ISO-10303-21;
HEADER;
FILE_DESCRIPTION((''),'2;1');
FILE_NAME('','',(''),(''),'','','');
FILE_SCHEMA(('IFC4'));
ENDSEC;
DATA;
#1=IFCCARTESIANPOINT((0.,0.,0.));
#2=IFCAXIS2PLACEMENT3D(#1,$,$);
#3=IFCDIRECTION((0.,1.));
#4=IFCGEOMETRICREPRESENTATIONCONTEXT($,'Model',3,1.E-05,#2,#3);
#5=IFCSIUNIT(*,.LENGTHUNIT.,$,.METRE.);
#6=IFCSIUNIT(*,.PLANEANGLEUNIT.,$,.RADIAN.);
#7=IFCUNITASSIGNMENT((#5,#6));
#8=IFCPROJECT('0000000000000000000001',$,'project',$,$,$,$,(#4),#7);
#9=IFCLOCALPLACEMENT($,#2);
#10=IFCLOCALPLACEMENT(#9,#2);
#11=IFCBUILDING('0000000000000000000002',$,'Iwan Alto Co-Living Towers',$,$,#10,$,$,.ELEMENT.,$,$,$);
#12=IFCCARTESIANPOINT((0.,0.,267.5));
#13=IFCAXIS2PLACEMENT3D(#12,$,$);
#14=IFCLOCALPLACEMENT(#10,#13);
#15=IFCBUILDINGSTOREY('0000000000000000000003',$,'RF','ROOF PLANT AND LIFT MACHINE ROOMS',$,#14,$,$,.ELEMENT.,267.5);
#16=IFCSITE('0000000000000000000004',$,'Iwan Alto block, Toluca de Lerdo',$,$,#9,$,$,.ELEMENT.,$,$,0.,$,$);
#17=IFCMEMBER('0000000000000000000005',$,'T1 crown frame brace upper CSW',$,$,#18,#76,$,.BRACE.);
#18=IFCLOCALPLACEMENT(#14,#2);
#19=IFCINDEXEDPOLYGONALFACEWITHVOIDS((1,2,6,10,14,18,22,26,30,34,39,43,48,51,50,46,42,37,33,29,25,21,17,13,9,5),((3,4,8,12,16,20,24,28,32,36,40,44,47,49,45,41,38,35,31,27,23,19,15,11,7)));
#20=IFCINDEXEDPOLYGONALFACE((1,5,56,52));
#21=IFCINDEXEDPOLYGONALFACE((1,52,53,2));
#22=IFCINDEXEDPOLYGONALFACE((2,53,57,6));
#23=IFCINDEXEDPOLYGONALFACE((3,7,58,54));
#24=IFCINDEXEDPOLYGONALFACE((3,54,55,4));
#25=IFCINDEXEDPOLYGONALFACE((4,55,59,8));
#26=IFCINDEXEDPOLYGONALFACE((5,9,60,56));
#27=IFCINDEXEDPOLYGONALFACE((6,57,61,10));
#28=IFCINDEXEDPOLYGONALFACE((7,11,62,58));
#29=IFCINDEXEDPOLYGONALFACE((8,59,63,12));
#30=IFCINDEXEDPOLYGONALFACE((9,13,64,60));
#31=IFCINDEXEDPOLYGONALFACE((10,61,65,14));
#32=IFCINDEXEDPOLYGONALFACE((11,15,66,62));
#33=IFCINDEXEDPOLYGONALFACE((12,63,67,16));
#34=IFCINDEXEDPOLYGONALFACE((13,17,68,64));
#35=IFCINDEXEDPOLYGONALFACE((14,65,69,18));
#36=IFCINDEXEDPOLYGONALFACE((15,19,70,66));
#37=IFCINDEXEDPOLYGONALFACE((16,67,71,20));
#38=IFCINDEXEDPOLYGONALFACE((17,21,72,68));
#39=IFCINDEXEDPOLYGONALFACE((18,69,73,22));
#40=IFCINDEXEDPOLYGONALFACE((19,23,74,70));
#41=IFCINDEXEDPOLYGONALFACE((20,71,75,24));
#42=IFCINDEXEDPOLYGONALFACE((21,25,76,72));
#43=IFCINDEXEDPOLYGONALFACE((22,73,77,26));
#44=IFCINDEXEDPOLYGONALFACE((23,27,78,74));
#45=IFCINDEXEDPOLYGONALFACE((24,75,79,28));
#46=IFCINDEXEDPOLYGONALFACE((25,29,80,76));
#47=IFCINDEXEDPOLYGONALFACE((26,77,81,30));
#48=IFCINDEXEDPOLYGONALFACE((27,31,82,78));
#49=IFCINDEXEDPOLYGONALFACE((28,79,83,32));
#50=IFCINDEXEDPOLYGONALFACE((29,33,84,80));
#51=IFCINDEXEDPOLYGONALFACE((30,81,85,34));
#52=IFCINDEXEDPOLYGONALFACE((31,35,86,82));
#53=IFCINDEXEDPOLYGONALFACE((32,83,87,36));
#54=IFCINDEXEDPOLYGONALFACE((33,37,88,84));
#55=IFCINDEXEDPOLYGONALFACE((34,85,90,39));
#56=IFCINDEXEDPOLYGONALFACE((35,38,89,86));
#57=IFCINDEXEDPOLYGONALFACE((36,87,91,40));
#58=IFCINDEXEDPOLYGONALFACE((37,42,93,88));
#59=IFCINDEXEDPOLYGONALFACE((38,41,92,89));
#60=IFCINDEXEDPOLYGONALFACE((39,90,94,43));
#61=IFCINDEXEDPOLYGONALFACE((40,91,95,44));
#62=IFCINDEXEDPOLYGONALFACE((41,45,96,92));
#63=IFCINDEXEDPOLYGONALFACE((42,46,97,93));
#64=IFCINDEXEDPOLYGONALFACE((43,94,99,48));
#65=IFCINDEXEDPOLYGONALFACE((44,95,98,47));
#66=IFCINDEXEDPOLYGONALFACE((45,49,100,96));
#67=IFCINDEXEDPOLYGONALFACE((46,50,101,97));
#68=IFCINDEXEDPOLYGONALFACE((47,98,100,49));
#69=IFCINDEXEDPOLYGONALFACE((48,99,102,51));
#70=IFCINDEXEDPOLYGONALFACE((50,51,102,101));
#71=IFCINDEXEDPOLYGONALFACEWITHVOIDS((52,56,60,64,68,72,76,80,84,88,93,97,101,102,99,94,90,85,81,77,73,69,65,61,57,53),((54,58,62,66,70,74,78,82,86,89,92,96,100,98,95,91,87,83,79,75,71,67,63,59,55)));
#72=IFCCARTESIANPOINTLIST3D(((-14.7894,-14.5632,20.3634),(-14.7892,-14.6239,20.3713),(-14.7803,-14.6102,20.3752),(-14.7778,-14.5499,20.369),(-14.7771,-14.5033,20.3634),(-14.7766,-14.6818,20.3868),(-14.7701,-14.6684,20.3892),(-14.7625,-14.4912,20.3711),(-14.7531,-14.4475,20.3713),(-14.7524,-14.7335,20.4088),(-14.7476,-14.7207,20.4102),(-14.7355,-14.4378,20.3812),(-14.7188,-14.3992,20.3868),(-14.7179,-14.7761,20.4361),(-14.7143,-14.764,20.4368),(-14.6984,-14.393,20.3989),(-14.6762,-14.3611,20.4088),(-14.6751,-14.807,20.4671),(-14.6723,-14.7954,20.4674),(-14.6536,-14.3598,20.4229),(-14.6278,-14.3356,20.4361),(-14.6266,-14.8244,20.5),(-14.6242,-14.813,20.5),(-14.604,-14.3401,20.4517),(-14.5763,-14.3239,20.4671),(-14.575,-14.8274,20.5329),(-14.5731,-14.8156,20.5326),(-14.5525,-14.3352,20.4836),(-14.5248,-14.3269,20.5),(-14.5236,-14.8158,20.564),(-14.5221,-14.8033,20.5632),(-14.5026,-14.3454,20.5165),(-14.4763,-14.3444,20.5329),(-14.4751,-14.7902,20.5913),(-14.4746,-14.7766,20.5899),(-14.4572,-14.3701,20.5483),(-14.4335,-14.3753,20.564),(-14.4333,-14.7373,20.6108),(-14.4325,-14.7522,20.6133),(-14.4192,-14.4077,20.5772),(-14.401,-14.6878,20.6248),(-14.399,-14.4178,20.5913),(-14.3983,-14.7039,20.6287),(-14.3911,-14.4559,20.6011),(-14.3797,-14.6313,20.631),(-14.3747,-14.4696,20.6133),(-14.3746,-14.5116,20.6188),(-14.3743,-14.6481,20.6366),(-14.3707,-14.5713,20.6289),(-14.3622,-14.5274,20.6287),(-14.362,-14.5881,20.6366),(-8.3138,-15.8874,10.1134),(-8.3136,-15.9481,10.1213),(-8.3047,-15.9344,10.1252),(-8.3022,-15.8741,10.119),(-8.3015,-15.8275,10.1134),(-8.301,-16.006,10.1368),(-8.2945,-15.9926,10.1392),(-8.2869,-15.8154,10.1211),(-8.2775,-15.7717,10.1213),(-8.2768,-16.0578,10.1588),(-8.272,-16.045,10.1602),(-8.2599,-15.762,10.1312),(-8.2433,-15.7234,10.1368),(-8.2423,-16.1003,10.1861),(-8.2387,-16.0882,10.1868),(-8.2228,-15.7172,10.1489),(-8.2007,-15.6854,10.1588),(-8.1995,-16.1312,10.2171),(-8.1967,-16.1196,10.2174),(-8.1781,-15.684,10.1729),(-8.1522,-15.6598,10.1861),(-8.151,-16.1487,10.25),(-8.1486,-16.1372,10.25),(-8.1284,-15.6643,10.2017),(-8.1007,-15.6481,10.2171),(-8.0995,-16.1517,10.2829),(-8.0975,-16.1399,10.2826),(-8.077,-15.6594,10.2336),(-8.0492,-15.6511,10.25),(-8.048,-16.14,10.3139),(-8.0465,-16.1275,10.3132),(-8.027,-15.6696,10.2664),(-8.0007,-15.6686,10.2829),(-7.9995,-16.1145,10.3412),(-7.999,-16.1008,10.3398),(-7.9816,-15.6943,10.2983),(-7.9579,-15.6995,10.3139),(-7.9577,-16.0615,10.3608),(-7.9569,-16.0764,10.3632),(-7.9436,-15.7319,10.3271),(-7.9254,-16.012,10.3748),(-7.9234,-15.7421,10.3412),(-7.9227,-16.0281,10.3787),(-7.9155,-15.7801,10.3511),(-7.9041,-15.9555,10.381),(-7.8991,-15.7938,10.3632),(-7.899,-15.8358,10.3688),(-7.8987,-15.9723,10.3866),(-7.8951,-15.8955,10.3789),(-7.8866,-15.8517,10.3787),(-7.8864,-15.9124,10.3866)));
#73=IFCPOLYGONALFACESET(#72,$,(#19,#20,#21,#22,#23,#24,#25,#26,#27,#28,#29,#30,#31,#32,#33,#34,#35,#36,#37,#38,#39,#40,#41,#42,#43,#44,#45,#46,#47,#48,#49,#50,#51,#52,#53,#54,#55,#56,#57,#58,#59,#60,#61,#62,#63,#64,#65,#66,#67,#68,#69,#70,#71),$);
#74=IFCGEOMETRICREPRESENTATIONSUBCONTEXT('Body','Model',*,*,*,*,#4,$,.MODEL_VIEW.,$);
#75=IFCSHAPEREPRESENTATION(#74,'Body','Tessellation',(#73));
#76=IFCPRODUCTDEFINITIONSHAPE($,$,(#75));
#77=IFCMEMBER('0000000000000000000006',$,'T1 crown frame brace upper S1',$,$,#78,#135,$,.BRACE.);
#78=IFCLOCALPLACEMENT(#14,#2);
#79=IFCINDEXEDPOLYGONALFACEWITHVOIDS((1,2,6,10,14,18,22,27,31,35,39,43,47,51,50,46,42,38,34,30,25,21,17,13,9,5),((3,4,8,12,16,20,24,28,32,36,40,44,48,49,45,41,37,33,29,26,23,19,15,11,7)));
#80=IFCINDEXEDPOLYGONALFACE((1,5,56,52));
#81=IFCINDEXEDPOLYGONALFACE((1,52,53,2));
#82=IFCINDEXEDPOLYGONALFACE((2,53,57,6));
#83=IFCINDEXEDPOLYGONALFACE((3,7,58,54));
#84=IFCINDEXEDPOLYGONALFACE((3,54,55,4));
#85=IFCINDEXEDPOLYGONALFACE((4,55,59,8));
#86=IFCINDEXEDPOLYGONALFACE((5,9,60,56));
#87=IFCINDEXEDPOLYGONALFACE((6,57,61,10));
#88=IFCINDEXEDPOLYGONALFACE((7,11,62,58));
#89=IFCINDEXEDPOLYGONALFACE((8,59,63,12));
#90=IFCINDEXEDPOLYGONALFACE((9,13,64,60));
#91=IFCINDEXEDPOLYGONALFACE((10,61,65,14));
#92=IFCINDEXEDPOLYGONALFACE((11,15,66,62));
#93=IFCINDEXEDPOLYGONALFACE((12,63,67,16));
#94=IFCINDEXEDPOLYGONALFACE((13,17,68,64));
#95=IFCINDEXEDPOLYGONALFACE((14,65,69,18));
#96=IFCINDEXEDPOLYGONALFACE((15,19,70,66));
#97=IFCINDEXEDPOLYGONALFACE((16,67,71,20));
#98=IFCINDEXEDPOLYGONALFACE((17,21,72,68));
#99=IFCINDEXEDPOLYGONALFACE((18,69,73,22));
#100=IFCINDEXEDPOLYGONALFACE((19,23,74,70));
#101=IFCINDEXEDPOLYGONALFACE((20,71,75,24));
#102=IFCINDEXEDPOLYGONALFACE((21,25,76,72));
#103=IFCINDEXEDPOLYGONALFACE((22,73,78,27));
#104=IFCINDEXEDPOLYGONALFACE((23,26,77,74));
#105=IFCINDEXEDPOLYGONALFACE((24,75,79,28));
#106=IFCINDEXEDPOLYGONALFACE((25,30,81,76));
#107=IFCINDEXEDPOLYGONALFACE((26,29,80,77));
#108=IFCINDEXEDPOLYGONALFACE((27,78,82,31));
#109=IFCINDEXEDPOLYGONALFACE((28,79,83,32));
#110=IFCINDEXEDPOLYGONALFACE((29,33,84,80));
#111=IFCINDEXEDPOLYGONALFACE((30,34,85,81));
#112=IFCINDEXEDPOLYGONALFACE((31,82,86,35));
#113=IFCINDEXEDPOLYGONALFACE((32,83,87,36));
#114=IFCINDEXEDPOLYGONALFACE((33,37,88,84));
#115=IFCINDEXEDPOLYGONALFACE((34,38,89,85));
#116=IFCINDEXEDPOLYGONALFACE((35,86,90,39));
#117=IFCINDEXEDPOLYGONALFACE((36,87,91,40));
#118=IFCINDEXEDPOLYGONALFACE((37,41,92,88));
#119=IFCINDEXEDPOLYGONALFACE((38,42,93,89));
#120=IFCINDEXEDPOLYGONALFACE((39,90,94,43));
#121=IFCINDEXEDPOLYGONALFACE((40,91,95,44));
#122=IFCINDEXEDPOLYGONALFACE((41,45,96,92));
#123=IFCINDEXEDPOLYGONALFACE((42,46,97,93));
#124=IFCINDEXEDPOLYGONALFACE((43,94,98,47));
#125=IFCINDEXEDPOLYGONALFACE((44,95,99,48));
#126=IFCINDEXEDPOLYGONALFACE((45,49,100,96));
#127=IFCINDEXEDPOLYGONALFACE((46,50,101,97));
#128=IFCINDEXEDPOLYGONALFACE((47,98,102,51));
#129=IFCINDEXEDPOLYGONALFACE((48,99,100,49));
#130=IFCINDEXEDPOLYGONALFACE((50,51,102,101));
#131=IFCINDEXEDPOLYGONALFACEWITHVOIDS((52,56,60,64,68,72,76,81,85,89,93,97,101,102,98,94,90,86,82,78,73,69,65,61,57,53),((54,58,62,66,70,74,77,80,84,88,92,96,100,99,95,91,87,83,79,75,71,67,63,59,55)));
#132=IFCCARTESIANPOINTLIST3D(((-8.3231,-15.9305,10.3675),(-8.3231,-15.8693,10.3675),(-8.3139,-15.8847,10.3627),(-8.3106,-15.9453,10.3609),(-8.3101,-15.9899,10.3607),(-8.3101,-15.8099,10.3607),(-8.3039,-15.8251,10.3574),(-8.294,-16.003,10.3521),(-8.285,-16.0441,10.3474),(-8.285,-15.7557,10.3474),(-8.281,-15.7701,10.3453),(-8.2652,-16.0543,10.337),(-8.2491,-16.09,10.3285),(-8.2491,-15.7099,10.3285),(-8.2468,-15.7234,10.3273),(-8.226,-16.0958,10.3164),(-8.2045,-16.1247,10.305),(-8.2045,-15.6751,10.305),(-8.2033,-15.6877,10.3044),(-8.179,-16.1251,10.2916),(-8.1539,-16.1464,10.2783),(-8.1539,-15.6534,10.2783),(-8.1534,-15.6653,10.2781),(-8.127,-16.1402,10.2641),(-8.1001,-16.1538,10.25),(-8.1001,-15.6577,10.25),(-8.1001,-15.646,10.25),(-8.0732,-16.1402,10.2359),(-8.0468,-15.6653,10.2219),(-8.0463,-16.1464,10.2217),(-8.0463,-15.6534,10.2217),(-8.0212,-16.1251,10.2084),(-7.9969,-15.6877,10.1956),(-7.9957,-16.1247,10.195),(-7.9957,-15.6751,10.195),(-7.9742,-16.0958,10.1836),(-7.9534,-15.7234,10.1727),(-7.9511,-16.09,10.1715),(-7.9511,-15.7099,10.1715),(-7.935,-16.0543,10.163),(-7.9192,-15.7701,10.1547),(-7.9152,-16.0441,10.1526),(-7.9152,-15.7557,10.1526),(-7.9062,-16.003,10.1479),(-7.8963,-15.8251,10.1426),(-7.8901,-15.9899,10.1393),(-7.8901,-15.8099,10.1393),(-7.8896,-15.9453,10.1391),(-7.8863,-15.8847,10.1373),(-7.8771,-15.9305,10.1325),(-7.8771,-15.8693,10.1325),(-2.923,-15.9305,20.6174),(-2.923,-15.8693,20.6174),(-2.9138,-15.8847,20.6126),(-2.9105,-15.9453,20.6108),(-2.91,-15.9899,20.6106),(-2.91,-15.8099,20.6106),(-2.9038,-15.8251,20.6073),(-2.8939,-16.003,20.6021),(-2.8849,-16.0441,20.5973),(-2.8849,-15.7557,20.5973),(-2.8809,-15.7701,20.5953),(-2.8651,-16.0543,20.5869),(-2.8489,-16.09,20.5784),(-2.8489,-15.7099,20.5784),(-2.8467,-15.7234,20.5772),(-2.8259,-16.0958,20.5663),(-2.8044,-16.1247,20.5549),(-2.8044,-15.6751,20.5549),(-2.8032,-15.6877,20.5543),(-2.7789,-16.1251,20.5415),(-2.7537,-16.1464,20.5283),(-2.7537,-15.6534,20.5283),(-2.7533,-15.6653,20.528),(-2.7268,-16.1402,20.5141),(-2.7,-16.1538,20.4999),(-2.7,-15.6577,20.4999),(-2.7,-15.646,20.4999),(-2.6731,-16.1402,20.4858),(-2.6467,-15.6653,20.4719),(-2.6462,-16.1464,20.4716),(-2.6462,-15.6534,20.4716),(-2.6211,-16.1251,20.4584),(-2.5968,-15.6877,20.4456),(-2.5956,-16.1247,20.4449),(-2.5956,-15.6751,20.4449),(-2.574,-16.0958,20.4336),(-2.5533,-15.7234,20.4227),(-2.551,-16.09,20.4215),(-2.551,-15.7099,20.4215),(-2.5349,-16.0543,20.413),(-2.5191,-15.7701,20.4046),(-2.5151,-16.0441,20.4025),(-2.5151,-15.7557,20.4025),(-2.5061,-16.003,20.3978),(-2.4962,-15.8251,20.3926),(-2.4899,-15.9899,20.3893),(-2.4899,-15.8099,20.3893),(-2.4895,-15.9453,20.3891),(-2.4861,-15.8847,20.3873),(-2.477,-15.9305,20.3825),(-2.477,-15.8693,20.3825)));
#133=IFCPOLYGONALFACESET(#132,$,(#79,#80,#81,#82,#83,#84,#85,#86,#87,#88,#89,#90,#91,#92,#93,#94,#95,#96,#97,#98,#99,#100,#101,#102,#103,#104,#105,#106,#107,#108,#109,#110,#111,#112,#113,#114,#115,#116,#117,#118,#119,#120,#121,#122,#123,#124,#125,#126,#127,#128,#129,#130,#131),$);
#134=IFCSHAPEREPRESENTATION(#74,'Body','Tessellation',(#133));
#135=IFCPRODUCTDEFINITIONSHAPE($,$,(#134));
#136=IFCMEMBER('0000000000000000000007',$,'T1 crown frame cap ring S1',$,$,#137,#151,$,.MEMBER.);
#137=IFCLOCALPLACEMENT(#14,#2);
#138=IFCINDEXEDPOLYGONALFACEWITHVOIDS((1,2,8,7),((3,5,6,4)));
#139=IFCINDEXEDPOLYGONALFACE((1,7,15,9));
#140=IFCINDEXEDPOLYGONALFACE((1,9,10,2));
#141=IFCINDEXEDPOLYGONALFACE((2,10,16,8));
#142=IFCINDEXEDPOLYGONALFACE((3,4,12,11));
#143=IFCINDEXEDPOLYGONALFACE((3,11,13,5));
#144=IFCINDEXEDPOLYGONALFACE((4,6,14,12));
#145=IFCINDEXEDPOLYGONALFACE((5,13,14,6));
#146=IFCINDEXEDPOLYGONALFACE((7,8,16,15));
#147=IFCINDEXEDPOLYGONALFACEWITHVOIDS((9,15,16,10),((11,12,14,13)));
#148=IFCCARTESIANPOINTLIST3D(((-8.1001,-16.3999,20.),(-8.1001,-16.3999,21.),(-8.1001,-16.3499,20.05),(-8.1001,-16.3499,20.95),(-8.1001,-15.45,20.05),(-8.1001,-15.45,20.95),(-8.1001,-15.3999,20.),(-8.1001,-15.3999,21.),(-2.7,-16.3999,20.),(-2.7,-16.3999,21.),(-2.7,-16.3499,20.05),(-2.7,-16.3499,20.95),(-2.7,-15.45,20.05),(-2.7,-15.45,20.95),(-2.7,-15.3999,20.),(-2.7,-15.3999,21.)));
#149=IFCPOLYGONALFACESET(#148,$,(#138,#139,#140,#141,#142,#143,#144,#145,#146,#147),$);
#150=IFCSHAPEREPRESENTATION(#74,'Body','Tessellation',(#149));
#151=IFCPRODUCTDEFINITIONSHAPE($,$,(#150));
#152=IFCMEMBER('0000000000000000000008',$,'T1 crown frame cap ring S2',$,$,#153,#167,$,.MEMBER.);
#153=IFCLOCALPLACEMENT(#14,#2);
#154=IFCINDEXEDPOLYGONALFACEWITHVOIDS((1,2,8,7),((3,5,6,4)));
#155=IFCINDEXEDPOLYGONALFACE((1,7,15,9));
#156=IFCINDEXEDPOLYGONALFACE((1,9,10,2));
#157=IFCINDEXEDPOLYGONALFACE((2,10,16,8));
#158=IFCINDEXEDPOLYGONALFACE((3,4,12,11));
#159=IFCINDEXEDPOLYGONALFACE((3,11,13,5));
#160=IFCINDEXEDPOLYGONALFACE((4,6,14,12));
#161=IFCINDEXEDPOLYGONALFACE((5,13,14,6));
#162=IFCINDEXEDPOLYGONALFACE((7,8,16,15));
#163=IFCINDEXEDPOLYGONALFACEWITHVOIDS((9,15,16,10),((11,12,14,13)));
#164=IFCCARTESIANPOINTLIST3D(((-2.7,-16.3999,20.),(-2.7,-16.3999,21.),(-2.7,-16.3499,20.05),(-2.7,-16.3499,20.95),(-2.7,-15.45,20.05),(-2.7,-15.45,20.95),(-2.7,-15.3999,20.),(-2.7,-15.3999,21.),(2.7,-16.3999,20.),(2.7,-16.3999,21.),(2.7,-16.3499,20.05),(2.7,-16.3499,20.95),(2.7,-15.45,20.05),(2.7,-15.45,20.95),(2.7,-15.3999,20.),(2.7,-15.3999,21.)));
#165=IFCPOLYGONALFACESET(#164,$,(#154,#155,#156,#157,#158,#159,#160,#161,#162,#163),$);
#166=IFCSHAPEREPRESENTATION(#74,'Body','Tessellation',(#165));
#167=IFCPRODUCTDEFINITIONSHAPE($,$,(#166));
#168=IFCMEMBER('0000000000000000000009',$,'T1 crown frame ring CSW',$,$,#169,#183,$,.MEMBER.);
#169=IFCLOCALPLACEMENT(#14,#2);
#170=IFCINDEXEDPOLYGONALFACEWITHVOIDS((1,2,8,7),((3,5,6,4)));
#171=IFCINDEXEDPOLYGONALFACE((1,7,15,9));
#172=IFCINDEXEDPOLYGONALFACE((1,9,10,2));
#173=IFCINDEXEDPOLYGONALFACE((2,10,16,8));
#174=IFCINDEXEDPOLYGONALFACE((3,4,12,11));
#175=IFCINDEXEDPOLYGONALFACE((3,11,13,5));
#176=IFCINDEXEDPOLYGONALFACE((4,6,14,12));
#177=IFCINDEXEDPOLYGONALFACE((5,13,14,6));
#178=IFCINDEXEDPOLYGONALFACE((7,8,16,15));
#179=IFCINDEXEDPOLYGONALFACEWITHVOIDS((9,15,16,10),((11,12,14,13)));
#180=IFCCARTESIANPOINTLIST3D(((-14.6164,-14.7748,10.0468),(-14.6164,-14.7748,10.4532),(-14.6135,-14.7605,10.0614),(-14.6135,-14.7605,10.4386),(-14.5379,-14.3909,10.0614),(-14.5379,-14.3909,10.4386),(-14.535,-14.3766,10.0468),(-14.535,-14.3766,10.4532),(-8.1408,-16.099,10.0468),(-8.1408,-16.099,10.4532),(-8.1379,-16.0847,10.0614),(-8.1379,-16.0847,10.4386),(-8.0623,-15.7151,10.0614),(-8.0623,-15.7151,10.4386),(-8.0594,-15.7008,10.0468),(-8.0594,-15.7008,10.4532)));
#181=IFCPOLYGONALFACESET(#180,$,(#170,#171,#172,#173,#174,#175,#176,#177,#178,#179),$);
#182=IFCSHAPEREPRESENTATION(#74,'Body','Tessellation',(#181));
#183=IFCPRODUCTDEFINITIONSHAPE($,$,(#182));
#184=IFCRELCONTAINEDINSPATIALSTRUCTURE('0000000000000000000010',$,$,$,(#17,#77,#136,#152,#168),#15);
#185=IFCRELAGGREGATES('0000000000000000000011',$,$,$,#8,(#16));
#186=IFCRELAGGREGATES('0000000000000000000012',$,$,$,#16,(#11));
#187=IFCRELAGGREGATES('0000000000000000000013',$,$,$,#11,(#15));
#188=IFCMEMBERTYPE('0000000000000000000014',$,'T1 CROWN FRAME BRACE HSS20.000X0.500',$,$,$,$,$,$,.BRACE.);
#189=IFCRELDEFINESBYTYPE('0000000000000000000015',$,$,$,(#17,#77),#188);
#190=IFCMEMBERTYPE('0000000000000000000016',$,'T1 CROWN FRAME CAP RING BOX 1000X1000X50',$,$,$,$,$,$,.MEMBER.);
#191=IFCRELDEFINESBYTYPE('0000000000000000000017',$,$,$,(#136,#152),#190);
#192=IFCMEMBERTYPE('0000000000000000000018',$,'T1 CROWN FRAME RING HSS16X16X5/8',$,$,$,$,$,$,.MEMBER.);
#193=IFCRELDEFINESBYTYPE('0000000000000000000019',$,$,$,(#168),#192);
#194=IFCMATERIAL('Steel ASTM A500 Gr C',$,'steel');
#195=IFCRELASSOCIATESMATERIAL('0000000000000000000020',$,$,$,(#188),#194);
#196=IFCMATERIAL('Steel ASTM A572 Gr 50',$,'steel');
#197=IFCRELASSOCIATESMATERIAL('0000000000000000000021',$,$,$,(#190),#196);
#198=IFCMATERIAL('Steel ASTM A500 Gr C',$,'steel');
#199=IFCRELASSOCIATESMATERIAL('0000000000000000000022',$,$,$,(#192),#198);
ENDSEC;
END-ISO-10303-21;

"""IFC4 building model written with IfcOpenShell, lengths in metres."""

from ifc_helpers import new_model, si_unit, direction, frame, origin, origin_2d, place, context, subcontext, project, spatial, hollow_rectangle, hollow_circle, extrude, material, material_profile, profile_set, type_object, element, save


model = new_model("IFC4")

# Units and contexts
model_context = context("Model", 3, precision=1e-05, world=origin(), true_north=direction((0.0, 1.0)))
body_context = subcontext(model_context, "Body", "Model", "MODEL_VIEW")
ifc_project = project(units=[si_unit("LENGTHUNIT", "METRE"), si_unit("PLANEANGLEUNIT", "RADIAN")], contexts=[model_context])

# Site, building, storey
site_placement = place(None, origin())
site = spatial("IfcSite", under=ifc_project, at=site_placement, Name="Iwan Alto block, Toluca de Lerdo", CompositionType="ELEMENT", RefElevation=0.0)
building_placement = place(site_placement, origin())
building = spatial("IfcBuilding", under=site, at=building_placement, Name="Iwan Alto Co-Living Towers", CompositionType="ELEMENT")
storey_placement = place(building_placement, frame((0.0, 0.0, 267.5)))
storey = spatial("IfcBuildingStorey", under=building, at=storey_placement, Name="RF", Description="ROOF PLANT AND LIFT MACHINE ROOMS", CompositionType="ELEMENT", Elevation=267.5)

# Members
ifc_material_1 = material(Name="Steel ASTM A500 Gr C", Category="steel")
ifc_material_profile_1 = material_profile(ifc_material_1, hollow_circle(Radius=0.2539, WallThickness=0.0117, at=origin_2d()), Name="HSS20.000X0.500")
ifc_profile_set_1 = profile_set([ifc_material_profile_1], Name="Steel ASTM A500 Gr C")
member_type_1 = type_object("IfcMemberType", Name="T1 CROWN FRAME BRACE HSS20.000X0.500", PredefinedType="BRACE", material=ifc_profile_set_1)
member_1_placement = place(storey_placement, frame((-8.1001, -15.8999, 10.25), z_axis=(-0.530948, 0.108576, 0.84042), x_axis=(-0.200348, -0.979725, 0.0)))
element("IfcMember", 1, at=member_1_placement, inside=storey, type_object=member_type_1, Name="T1 crown frame brace upper CSW", PredefinedType="BRACE", context=body_context, shape_type="SweptSolid", body=[
    extrude(hollow_circle(Radius=0.2539, WallThickness=0.0117, at=origin_2d()), origin(), (0.0, 0.0, 1.0), 12.1963),
])
member_2_placement = place(storey_placement, frame((-8.1001, -15.8999, 10.25), z_axis=(0.466112, 0.0, 0.884726), x_axis=(0.0, 1.0, 0.0)))
element("IfcMember", 2, at=member_2_placement, inside=storey, type_object=member_type_1, Name="T1 crown frame brace upper S1", PredefinedType="BRACE", context=body_context, shape_type="SweptSolid", body=[
    extrude(hollow_circle(Radius=0.2539, WallThickness=0.0117, at=origin_2d()), origin(), (0.0, 0.0, 1.0), 11.5854),
])
ifc_material_2 = material(Name="Steel ASTM A572 Gr 50", Category="steel")
ifc_material_profile_2 = material_profile(ifc_material_2, hollow_rectangle(XDim=1.0, YDim=1.0, WallThickness=0.05, at=origin_2d()), Name="BOX 1000X1000X50")
ifc_profile_set_2 = profile_set([ifc_material_profile_2], Name="Steel ASTM A572 Gr 50")
member_type_2 = type_object("IfcMemberType", Name="T1 CROWN FRAME CAP RING BOX 1000X1000X50", PredefinedType="MEMBER", material=ifc_profile_set_2)
member_3_placement = place(storey_placement, frame((-8.1001, -15.8999, 20.5), z_axis=(1.0, 0.0, 0.0), x_axis=(0.0, 1.0, 0.0)))
element("IfcMember", 3, at=member_3_placement, inside=storey, type_object=member_type_2, Name="T1 crown frame cap ring S1", PredefinedType="MEMBER", context=body_context, shape_type="SweptSolid", body=[
    extrude(hollow_rectangle(XDim=1.0, YDim=1.0, WallThickness=0.05, at=origin_2d()), origin(), (0.0, 0.0, 1.0), 5.4001),
])
member_4_placement = place(storey_placement, frame((-2.7, -15.8999, 20.5), z_axis=(1.0, 0.0, 0.0), x_axis=(0.0, 1.0, 0.0)))
element("IfcMember", 4, at=member_4_placement, inside=storey, type_object=member_type_2, Name="T1 crown frame cap ring S2", PredefinedType="MEMBER", context=body_context, shape_type="SweptSolid", body=[
    extrude(hollow_rectangle(XDim=1.0, YDim=1.0, WallThickness=0.05, at=origin_2d()), origin(), (0.0, 0.0, 1.0), 5.3999),
])
ifc_material_3 = material(Name="Steel ASTM A500 Gr C", Category="steel")
ifc_material_profile_3 = material_profile(ifc_material_3, hollow_rectangle(XDim=0.4065, YDim=0.4065, WallThickness=0.0146, at=origin_2d()), Name="HSS16X16X5/8")
ifc_profile_set_3 = profile_set([ifc_material_profile_3], Name="Steel ASTM A500 Gr C")
member_type_3 = type_object("IfcMemberType", Name="T1 CROWN FRAME RING HSS16X16X5/8", PredefinedType="MEMBER", material=ifc_profile_set_3)
member_5_placement = place(storey_placement, frame((-14.5757, -14.5757, 10.25), z_axis=(0.979725, -0.200348, 0.0), x_axis=(0.200348, 0.979725, 0.0)))
element("IfcMember", 5, at=member_5_placement, inside=storey, type_object=member_type_3, Name="T1 crown frame ring CSW", PredefinedType="MEMBER", context=body_context, shape_type="SweptSolid", body=[
    extrude(hollow_rectangle(XDim=0.4065, YDim=0.4065, WallThickness=0.0146, at=origin_2d()), origin(), (0.0, 0.0, 1.0), 6.6096),
])

save(model, "model.ifc")
